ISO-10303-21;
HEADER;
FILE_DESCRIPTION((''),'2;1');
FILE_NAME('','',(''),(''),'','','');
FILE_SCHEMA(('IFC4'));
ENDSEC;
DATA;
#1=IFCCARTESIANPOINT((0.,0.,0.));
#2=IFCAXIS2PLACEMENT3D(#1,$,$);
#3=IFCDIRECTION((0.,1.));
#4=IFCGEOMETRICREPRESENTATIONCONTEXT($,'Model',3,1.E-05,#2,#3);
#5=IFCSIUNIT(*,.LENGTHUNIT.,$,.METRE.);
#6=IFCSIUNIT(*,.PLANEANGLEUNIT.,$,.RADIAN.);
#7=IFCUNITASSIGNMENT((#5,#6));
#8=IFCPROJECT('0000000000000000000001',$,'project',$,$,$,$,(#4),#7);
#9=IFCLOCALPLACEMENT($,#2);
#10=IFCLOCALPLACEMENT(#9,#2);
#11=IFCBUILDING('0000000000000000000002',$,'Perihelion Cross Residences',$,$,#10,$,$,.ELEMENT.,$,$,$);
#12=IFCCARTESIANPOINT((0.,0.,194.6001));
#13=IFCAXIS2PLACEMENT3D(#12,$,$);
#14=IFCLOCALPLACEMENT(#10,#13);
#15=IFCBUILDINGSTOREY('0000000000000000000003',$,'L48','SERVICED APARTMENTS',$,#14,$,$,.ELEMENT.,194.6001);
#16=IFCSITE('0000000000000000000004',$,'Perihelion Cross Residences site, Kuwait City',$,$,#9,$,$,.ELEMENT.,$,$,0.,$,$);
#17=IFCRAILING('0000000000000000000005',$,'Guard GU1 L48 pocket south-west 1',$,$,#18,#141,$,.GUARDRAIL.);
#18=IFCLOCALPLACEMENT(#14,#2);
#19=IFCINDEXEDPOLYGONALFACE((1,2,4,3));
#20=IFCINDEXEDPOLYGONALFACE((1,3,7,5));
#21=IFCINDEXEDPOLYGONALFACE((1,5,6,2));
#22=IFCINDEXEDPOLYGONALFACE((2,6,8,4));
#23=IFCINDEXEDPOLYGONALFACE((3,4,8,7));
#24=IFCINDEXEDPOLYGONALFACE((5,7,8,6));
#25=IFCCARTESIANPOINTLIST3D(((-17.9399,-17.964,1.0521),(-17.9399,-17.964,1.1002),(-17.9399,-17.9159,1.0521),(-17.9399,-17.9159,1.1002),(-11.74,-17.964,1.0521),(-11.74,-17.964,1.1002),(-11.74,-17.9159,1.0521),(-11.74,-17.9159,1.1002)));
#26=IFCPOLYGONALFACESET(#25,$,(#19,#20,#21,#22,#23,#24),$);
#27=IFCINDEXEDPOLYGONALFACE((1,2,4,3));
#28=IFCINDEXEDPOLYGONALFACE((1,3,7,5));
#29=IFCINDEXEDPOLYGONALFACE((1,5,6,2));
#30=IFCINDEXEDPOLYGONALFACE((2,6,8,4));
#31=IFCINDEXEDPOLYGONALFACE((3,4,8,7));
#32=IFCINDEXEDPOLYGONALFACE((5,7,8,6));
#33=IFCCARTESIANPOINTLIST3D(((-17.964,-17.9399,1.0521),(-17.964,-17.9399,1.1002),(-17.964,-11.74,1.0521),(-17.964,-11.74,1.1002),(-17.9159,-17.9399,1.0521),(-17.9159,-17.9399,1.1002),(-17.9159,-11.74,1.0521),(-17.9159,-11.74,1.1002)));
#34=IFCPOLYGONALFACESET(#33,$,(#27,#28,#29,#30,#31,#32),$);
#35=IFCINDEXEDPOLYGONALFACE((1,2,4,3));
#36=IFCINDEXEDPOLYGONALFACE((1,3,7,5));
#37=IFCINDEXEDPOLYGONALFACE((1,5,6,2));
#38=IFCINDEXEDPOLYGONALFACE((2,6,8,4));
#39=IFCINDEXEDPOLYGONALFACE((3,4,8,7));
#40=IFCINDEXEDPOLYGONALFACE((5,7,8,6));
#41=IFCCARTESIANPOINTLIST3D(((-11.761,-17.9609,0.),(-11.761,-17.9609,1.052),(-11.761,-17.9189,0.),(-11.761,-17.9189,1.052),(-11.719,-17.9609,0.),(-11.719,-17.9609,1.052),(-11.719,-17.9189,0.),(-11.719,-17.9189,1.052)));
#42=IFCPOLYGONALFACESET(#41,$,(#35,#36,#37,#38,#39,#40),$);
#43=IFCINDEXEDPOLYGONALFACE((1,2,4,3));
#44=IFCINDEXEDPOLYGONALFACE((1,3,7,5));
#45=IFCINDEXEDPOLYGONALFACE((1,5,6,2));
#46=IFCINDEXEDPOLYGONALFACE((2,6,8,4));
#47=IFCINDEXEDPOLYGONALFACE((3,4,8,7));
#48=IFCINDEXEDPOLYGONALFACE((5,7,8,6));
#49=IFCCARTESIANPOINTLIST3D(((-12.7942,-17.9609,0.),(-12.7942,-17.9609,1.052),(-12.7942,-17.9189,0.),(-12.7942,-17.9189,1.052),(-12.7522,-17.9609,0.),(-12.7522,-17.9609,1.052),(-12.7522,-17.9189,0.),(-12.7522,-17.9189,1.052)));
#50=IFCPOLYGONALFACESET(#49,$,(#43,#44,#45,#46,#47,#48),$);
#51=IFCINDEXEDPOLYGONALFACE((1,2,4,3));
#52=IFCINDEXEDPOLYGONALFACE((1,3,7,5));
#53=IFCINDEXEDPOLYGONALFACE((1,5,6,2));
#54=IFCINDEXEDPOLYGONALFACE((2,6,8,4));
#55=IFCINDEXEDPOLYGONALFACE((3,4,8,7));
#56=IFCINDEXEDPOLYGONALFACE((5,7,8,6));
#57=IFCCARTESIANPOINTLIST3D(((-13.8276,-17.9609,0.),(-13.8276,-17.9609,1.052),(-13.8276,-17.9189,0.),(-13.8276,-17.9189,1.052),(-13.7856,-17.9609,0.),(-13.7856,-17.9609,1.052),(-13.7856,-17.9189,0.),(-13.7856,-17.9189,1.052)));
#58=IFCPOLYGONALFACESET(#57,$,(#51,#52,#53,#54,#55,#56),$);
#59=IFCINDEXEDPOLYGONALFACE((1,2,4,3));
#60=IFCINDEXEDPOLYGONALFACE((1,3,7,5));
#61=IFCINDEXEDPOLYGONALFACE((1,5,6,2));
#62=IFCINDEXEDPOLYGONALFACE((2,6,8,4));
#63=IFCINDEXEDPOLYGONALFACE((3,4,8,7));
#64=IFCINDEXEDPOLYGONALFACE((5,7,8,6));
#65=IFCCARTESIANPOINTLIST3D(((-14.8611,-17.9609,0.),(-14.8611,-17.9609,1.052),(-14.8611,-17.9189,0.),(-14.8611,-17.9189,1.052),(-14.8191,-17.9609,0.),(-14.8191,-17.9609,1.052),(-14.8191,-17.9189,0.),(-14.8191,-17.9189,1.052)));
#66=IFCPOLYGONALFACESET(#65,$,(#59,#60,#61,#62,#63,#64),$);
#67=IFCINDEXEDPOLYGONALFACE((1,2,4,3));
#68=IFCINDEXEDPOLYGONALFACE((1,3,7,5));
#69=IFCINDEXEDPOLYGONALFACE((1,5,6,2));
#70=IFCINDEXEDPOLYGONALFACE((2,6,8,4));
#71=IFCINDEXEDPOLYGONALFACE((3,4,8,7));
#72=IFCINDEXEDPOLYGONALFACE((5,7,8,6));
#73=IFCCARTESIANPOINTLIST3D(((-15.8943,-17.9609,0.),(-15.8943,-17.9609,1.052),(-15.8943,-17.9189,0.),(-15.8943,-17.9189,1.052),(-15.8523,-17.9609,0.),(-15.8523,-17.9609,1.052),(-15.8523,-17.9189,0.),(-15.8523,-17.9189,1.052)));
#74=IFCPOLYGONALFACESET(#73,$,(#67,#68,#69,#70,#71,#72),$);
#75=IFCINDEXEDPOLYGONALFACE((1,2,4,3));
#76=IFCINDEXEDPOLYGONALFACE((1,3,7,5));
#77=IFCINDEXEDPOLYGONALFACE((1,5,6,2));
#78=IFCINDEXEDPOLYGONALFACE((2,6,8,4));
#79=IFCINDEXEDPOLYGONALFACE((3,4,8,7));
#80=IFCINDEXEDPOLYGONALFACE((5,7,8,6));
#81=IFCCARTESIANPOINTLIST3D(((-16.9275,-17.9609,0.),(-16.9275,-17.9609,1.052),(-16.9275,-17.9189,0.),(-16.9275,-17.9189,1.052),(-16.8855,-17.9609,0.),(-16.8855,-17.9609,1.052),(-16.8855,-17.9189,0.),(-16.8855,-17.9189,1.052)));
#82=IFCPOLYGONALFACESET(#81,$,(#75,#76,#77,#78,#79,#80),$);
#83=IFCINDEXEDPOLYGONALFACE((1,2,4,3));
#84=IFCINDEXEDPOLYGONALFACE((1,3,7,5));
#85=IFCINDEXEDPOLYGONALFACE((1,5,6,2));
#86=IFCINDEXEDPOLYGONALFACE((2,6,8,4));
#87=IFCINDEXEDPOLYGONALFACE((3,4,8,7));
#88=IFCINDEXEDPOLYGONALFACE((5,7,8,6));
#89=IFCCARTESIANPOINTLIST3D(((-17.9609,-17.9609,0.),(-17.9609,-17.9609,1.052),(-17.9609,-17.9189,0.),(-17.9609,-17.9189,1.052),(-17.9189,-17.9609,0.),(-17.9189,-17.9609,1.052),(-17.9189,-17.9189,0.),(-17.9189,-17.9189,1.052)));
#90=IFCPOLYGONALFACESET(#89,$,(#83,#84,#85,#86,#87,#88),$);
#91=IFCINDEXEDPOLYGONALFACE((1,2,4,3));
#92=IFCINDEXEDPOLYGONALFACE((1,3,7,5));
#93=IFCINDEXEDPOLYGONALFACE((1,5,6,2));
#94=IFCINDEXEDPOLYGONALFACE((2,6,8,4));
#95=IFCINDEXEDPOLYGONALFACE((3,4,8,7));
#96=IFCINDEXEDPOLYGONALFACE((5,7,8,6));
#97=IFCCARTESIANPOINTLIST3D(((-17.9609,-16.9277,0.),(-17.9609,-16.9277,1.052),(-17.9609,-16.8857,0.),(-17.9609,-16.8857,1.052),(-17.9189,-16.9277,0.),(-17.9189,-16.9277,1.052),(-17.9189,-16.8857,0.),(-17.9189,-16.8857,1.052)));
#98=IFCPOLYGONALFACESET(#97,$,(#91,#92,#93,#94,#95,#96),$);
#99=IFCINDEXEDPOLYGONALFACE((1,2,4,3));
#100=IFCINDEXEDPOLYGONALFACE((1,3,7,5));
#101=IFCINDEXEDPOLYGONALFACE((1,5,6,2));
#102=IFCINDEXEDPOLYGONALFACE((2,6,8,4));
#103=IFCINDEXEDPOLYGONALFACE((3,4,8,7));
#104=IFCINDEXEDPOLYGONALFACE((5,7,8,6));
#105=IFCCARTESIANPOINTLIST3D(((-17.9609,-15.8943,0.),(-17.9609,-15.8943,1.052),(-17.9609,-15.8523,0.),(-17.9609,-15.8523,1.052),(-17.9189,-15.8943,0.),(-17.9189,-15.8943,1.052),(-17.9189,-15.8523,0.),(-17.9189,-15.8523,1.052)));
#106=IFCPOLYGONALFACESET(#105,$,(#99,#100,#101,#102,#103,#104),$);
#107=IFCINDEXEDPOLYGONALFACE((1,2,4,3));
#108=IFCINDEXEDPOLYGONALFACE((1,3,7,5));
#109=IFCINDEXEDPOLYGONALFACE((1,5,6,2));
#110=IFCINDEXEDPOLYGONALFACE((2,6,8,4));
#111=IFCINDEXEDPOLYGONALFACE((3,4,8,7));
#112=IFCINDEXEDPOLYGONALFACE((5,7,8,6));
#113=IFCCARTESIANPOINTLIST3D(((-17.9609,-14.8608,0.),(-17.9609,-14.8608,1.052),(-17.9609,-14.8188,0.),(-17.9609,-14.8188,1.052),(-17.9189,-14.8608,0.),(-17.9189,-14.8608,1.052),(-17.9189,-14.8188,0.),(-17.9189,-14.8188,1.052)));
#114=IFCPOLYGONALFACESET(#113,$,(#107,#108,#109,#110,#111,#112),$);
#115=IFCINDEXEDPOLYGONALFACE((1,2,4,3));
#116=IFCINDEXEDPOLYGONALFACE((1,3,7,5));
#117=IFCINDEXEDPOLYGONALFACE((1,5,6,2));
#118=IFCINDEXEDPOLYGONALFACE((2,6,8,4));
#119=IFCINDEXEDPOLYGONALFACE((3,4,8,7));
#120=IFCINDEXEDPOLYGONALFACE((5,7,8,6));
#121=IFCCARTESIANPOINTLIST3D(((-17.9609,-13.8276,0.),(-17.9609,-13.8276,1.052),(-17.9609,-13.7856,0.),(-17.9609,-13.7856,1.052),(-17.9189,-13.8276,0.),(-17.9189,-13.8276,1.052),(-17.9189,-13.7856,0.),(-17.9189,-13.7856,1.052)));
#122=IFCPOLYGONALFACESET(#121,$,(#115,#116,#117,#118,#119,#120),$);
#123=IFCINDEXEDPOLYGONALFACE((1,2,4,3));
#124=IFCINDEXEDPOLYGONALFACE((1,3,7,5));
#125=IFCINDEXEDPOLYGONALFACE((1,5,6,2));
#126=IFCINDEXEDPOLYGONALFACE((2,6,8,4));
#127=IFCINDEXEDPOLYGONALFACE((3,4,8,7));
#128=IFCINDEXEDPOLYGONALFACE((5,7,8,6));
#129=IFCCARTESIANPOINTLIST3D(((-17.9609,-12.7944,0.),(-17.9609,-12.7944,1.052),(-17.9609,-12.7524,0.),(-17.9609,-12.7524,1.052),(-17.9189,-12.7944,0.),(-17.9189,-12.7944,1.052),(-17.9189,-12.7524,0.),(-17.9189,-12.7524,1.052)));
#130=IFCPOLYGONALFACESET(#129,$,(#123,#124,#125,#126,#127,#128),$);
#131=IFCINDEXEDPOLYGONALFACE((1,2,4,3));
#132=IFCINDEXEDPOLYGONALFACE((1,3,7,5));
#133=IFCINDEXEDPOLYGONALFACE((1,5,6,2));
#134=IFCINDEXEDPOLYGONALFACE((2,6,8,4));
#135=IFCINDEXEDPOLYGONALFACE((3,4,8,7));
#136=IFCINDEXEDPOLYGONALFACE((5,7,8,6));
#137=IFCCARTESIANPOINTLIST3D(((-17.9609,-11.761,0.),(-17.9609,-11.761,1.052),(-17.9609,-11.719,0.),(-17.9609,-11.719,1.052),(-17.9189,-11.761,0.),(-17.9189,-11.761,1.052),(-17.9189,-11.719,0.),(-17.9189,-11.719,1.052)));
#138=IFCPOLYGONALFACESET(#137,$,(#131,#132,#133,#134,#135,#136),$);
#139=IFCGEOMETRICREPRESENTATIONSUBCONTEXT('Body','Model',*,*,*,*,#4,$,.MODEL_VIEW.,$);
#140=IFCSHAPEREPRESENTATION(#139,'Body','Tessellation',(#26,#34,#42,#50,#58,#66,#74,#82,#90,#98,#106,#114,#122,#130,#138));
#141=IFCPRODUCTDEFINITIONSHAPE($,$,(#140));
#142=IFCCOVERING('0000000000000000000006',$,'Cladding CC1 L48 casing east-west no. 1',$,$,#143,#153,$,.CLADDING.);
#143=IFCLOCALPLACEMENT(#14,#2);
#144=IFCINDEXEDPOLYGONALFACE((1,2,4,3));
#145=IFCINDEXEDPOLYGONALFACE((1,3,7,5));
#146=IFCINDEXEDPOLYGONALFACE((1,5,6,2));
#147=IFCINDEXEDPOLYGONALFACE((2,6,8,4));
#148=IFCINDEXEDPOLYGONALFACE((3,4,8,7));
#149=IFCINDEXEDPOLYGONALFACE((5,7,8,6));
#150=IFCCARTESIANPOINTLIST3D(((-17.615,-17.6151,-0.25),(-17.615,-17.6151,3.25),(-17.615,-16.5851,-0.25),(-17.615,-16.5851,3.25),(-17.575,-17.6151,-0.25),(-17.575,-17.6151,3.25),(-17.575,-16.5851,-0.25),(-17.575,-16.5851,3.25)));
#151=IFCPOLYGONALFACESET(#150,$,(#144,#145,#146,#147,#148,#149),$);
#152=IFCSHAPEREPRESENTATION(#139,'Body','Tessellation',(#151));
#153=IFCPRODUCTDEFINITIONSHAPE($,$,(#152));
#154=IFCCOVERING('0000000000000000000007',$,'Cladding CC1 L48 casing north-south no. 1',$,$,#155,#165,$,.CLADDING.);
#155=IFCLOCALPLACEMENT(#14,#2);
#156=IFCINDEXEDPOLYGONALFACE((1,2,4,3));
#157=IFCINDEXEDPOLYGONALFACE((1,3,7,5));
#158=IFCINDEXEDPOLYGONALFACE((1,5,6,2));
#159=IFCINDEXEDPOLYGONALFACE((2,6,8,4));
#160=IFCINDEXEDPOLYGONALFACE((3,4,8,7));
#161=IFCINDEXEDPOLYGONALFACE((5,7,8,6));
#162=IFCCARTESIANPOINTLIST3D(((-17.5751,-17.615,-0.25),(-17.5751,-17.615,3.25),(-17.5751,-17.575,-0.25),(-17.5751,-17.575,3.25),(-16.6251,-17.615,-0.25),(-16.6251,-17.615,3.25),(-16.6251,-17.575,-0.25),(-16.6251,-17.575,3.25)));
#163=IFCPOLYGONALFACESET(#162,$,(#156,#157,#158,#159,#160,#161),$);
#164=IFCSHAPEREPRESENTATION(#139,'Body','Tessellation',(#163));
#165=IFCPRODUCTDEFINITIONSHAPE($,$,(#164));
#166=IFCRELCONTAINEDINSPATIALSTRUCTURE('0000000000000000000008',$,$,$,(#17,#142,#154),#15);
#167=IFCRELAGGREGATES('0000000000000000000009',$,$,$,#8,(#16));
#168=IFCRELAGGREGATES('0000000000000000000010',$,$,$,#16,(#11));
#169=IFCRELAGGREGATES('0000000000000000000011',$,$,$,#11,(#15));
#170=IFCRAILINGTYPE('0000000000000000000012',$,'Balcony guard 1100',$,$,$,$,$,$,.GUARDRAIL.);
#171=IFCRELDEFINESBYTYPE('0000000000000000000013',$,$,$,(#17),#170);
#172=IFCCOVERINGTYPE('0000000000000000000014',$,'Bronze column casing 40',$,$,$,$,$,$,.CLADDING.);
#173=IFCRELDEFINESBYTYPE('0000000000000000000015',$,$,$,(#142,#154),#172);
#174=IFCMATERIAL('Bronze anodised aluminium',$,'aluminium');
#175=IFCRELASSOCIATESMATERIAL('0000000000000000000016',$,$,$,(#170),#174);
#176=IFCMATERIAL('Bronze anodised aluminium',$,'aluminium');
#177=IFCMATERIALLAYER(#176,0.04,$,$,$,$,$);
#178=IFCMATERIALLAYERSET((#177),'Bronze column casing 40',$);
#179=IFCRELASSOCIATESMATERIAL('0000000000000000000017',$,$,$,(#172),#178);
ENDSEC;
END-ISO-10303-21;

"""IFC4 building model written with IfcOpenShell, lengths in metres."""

from ifc_helpers import new_model, si_unit, direction, frame, origin, origin_2d, place, context, subcontext, project, spatial, rectangle, extrude, material, layer, layer_set, type_object, element, save


model = new_model("IFC4")

# Units and contexts
model_context = context("Model", 3, precision=1e-05, world=origin(), true_north=direction((0.0, 1.0)))
body_context = subcontext(model_context, "Body", "Model", "MODEL_VIEW")
ifc_project = project(units=[si_unit("LENGTHUNIT", "METRE"), si_unit("PLANEANGLEUNIT", "RADIAN")], contexts=[model_context])

# Site, building, storey
site_placement = place(None, origin())
site = spatial("IfcSite", under=ifc_project, at=site_placement, Name="Perihelion Cross Residences site, Kuwait City", CompositionType="ELEMENT", RefElevation=0.0)
building_placement = place(site_placement, origin())
building = spatial("IfcBuilding", under=site, at=building_placement, Name="Perihelion Cross Residences", CompositionType="ELEMENT")
storey_placement = place(building_placement, frame((0.0, 0.0, 194.6001)))
storey = spatial("IfcBuildingStorey", under=building, at=storey_placement, Name="L48", Description="SERVICED APARTMENTS", CompositionType="ELEMENT", Elevation=194.6001)

# Railing
ifc_material_1 = material(Name="Bronze anodised aluminium", Category="aluminium")
railing_type = type_object("IfcRailingType", Name="Balcony guard 1100", PredefinedType="GUARDRAIL", material=ifc_material_1)
railing_placement = place(storey_placement, frame((-11.74, -17.9399, 0.0)))
element("IfcRailing", 1, at=railing_placement, inside=storey, type_object=railing_type, Name="Guard GU1 L48 pocket south-west 1", PredefinedType="GUARDRAIL", context=body_context, shape_type="SweptSolid", body=[
    extrude(rectangle(XDim=0.0481, YDim=0.0481, at=origin_2d()), frame((0.0, 0.0, 1.0762), z_axis=(-1.0, 0.0, 0.0), x_axis=(0.0, -1.0, 0.0)), (0.0, 0.0, 1.0), 6.2),
    extrude(rectangle(XDim=0.0481, YDim=0.0481, at=origin_2d()), frame((-6.2, 0.0, 1.0762), z_axis=(0.0, 1.0, 0.0), x_axis=(-1.0, 0.0, 0.0)), (0.0, 0.0, 1.0), 6.2),
    extrude(rectangle(XDim=0.042, YDim=0.042, at=origin_2d()), origin(), (0.0, 0.0, 1.0), 1.052),
    extrude(rectangle(XDim=0.042, YDim=0.042, at=origin_2d()), frame((-1.0332, 0.0, 0.0)), (0.0, 0.0, 1.0), 1.052),
    extrude(rectangle(XDim=0.042, YDim=0.042, at=origin_2d()), frame((-2.0667, 0.0, 0.0)), (0.0, 0.0, 1.0), 1.052),
    extrude(rectangle(XDim=0.042, YDim=0.042, at=origin_2d()), frame((-3.1001, 0.0, 0.0)), (0.0, 0.0, 1.0), 1.052),
    extrude(rectangle(XDim=0.042, YDim=0.042, at=origin_2d()), frame((-4.1333, 0.0, 0.0)), (0.0, 0.0, 1.0), 1.052),
    extrude(rectangle(XDim=0.042, YDim=0.042, at=origin_2d()), frame((-5.1665, 0.0, 0.0)), (0.0, 0.0, 1.0), 1.052),
    extrude(rectangle(XDim=0.042, YDim=0.042, at=origin_2d()), frame((-6.2, 0.0, 0.0)), (0.0, 0.0, 1.0), 1.052),
    extrude(rectangle(XDim=0.042, YDim=0.042, at=origin_2d()), frame((-6.2, 1.0332, 0.0)), (0.0, 0.0, 1.0), 1.052),
    extrude(rectangle(XDim=0.042, YDim=0.042, at=origin_2d()), frame((-6.2, 2.0667, 0.0)), (0.0, 0.0, 1.0), 1.052),
    extrude(rectangle(XDim=0.042, YDim=0.042, at=origin_2d()), frame((-6.2, 3.1001, 0.0)), (0.0, 0.0, 1.0), 1.052),
    extrude(rectangle(XDim=0.042, YDim=0.042, at=origin_2d()), frame((-6.2, 4.1333, 0.0)), (0.0, 0.0, 1.0), 1.052),
    extrude(rectangle(XDim=0.042, YDim=0.042, at=origin_2d()), frame((-6.2, 5.1665, 0.0)), (0.0, 0.0, 1.0), 1.052),
    extrude(rectangle(XDim=0.042, YDim=0.042, at=origin_2d()), frame((-6.2, 6.2, 0.0)), (0.0, 0.0, 1.0), 1.052),
])

# Coverings
ifc_material_2 = material(Name="Bronze anodised aluminium", Category="aluminium")
ifc_layer_1 = layer(ifc_material_2, 0.04)
ifc_layer_set_1 = layer_set([ifc_layer_1], Name="Bronze column casing 40")
covering_type = type_object("IfcCoveringType", Name="Bronze column casing 40", PredefinedType="CLADDING", material=ifc_layer_set_1)
covering_1_placement = place(storey_placement, frame((-17.595, -17.1001, -0.25), z_axis=(0.0, 0.0, 1.0), x_axis=(1.0, 0.0, 0.0)))
element("IfcCovering", 2, at=covering_1_placement, inside=storey, type_object=covering_type, Name="Cladding CC1 L48 casing east-west no. 1", PredefinedType="CLADDING", context=body_context, shape_type="SweptSolid", body=[
    extrude(rectangle(XDim=0.04, YDim=1.03, at=origin_2d()), origin(), (0.0, 0.0, 1.0), 3.5),
])
covering_2_placement = place(storey_placement, frame((-17.1001, -17.595, -0.25), z_axis=(0.0, 0.0, 1.0), x_axis=(1.0, 0.0, 0.0)))
element("IfcCovering", 3, at=covering_2_placement, inside=storey, type_object=covering_type, Name="Cladding CC1 L48 casing north-south no. 1", PredefinedType="CLADDING", context=body_context, shape_type="SweptSolid", body=[
    extrude(rectangle(XDim=0.95, YDim=0.04, at=origin_2d()), origin(), (0.0, 0.0, 1.0), 3.5),
])

save(model, "model.ifc")
